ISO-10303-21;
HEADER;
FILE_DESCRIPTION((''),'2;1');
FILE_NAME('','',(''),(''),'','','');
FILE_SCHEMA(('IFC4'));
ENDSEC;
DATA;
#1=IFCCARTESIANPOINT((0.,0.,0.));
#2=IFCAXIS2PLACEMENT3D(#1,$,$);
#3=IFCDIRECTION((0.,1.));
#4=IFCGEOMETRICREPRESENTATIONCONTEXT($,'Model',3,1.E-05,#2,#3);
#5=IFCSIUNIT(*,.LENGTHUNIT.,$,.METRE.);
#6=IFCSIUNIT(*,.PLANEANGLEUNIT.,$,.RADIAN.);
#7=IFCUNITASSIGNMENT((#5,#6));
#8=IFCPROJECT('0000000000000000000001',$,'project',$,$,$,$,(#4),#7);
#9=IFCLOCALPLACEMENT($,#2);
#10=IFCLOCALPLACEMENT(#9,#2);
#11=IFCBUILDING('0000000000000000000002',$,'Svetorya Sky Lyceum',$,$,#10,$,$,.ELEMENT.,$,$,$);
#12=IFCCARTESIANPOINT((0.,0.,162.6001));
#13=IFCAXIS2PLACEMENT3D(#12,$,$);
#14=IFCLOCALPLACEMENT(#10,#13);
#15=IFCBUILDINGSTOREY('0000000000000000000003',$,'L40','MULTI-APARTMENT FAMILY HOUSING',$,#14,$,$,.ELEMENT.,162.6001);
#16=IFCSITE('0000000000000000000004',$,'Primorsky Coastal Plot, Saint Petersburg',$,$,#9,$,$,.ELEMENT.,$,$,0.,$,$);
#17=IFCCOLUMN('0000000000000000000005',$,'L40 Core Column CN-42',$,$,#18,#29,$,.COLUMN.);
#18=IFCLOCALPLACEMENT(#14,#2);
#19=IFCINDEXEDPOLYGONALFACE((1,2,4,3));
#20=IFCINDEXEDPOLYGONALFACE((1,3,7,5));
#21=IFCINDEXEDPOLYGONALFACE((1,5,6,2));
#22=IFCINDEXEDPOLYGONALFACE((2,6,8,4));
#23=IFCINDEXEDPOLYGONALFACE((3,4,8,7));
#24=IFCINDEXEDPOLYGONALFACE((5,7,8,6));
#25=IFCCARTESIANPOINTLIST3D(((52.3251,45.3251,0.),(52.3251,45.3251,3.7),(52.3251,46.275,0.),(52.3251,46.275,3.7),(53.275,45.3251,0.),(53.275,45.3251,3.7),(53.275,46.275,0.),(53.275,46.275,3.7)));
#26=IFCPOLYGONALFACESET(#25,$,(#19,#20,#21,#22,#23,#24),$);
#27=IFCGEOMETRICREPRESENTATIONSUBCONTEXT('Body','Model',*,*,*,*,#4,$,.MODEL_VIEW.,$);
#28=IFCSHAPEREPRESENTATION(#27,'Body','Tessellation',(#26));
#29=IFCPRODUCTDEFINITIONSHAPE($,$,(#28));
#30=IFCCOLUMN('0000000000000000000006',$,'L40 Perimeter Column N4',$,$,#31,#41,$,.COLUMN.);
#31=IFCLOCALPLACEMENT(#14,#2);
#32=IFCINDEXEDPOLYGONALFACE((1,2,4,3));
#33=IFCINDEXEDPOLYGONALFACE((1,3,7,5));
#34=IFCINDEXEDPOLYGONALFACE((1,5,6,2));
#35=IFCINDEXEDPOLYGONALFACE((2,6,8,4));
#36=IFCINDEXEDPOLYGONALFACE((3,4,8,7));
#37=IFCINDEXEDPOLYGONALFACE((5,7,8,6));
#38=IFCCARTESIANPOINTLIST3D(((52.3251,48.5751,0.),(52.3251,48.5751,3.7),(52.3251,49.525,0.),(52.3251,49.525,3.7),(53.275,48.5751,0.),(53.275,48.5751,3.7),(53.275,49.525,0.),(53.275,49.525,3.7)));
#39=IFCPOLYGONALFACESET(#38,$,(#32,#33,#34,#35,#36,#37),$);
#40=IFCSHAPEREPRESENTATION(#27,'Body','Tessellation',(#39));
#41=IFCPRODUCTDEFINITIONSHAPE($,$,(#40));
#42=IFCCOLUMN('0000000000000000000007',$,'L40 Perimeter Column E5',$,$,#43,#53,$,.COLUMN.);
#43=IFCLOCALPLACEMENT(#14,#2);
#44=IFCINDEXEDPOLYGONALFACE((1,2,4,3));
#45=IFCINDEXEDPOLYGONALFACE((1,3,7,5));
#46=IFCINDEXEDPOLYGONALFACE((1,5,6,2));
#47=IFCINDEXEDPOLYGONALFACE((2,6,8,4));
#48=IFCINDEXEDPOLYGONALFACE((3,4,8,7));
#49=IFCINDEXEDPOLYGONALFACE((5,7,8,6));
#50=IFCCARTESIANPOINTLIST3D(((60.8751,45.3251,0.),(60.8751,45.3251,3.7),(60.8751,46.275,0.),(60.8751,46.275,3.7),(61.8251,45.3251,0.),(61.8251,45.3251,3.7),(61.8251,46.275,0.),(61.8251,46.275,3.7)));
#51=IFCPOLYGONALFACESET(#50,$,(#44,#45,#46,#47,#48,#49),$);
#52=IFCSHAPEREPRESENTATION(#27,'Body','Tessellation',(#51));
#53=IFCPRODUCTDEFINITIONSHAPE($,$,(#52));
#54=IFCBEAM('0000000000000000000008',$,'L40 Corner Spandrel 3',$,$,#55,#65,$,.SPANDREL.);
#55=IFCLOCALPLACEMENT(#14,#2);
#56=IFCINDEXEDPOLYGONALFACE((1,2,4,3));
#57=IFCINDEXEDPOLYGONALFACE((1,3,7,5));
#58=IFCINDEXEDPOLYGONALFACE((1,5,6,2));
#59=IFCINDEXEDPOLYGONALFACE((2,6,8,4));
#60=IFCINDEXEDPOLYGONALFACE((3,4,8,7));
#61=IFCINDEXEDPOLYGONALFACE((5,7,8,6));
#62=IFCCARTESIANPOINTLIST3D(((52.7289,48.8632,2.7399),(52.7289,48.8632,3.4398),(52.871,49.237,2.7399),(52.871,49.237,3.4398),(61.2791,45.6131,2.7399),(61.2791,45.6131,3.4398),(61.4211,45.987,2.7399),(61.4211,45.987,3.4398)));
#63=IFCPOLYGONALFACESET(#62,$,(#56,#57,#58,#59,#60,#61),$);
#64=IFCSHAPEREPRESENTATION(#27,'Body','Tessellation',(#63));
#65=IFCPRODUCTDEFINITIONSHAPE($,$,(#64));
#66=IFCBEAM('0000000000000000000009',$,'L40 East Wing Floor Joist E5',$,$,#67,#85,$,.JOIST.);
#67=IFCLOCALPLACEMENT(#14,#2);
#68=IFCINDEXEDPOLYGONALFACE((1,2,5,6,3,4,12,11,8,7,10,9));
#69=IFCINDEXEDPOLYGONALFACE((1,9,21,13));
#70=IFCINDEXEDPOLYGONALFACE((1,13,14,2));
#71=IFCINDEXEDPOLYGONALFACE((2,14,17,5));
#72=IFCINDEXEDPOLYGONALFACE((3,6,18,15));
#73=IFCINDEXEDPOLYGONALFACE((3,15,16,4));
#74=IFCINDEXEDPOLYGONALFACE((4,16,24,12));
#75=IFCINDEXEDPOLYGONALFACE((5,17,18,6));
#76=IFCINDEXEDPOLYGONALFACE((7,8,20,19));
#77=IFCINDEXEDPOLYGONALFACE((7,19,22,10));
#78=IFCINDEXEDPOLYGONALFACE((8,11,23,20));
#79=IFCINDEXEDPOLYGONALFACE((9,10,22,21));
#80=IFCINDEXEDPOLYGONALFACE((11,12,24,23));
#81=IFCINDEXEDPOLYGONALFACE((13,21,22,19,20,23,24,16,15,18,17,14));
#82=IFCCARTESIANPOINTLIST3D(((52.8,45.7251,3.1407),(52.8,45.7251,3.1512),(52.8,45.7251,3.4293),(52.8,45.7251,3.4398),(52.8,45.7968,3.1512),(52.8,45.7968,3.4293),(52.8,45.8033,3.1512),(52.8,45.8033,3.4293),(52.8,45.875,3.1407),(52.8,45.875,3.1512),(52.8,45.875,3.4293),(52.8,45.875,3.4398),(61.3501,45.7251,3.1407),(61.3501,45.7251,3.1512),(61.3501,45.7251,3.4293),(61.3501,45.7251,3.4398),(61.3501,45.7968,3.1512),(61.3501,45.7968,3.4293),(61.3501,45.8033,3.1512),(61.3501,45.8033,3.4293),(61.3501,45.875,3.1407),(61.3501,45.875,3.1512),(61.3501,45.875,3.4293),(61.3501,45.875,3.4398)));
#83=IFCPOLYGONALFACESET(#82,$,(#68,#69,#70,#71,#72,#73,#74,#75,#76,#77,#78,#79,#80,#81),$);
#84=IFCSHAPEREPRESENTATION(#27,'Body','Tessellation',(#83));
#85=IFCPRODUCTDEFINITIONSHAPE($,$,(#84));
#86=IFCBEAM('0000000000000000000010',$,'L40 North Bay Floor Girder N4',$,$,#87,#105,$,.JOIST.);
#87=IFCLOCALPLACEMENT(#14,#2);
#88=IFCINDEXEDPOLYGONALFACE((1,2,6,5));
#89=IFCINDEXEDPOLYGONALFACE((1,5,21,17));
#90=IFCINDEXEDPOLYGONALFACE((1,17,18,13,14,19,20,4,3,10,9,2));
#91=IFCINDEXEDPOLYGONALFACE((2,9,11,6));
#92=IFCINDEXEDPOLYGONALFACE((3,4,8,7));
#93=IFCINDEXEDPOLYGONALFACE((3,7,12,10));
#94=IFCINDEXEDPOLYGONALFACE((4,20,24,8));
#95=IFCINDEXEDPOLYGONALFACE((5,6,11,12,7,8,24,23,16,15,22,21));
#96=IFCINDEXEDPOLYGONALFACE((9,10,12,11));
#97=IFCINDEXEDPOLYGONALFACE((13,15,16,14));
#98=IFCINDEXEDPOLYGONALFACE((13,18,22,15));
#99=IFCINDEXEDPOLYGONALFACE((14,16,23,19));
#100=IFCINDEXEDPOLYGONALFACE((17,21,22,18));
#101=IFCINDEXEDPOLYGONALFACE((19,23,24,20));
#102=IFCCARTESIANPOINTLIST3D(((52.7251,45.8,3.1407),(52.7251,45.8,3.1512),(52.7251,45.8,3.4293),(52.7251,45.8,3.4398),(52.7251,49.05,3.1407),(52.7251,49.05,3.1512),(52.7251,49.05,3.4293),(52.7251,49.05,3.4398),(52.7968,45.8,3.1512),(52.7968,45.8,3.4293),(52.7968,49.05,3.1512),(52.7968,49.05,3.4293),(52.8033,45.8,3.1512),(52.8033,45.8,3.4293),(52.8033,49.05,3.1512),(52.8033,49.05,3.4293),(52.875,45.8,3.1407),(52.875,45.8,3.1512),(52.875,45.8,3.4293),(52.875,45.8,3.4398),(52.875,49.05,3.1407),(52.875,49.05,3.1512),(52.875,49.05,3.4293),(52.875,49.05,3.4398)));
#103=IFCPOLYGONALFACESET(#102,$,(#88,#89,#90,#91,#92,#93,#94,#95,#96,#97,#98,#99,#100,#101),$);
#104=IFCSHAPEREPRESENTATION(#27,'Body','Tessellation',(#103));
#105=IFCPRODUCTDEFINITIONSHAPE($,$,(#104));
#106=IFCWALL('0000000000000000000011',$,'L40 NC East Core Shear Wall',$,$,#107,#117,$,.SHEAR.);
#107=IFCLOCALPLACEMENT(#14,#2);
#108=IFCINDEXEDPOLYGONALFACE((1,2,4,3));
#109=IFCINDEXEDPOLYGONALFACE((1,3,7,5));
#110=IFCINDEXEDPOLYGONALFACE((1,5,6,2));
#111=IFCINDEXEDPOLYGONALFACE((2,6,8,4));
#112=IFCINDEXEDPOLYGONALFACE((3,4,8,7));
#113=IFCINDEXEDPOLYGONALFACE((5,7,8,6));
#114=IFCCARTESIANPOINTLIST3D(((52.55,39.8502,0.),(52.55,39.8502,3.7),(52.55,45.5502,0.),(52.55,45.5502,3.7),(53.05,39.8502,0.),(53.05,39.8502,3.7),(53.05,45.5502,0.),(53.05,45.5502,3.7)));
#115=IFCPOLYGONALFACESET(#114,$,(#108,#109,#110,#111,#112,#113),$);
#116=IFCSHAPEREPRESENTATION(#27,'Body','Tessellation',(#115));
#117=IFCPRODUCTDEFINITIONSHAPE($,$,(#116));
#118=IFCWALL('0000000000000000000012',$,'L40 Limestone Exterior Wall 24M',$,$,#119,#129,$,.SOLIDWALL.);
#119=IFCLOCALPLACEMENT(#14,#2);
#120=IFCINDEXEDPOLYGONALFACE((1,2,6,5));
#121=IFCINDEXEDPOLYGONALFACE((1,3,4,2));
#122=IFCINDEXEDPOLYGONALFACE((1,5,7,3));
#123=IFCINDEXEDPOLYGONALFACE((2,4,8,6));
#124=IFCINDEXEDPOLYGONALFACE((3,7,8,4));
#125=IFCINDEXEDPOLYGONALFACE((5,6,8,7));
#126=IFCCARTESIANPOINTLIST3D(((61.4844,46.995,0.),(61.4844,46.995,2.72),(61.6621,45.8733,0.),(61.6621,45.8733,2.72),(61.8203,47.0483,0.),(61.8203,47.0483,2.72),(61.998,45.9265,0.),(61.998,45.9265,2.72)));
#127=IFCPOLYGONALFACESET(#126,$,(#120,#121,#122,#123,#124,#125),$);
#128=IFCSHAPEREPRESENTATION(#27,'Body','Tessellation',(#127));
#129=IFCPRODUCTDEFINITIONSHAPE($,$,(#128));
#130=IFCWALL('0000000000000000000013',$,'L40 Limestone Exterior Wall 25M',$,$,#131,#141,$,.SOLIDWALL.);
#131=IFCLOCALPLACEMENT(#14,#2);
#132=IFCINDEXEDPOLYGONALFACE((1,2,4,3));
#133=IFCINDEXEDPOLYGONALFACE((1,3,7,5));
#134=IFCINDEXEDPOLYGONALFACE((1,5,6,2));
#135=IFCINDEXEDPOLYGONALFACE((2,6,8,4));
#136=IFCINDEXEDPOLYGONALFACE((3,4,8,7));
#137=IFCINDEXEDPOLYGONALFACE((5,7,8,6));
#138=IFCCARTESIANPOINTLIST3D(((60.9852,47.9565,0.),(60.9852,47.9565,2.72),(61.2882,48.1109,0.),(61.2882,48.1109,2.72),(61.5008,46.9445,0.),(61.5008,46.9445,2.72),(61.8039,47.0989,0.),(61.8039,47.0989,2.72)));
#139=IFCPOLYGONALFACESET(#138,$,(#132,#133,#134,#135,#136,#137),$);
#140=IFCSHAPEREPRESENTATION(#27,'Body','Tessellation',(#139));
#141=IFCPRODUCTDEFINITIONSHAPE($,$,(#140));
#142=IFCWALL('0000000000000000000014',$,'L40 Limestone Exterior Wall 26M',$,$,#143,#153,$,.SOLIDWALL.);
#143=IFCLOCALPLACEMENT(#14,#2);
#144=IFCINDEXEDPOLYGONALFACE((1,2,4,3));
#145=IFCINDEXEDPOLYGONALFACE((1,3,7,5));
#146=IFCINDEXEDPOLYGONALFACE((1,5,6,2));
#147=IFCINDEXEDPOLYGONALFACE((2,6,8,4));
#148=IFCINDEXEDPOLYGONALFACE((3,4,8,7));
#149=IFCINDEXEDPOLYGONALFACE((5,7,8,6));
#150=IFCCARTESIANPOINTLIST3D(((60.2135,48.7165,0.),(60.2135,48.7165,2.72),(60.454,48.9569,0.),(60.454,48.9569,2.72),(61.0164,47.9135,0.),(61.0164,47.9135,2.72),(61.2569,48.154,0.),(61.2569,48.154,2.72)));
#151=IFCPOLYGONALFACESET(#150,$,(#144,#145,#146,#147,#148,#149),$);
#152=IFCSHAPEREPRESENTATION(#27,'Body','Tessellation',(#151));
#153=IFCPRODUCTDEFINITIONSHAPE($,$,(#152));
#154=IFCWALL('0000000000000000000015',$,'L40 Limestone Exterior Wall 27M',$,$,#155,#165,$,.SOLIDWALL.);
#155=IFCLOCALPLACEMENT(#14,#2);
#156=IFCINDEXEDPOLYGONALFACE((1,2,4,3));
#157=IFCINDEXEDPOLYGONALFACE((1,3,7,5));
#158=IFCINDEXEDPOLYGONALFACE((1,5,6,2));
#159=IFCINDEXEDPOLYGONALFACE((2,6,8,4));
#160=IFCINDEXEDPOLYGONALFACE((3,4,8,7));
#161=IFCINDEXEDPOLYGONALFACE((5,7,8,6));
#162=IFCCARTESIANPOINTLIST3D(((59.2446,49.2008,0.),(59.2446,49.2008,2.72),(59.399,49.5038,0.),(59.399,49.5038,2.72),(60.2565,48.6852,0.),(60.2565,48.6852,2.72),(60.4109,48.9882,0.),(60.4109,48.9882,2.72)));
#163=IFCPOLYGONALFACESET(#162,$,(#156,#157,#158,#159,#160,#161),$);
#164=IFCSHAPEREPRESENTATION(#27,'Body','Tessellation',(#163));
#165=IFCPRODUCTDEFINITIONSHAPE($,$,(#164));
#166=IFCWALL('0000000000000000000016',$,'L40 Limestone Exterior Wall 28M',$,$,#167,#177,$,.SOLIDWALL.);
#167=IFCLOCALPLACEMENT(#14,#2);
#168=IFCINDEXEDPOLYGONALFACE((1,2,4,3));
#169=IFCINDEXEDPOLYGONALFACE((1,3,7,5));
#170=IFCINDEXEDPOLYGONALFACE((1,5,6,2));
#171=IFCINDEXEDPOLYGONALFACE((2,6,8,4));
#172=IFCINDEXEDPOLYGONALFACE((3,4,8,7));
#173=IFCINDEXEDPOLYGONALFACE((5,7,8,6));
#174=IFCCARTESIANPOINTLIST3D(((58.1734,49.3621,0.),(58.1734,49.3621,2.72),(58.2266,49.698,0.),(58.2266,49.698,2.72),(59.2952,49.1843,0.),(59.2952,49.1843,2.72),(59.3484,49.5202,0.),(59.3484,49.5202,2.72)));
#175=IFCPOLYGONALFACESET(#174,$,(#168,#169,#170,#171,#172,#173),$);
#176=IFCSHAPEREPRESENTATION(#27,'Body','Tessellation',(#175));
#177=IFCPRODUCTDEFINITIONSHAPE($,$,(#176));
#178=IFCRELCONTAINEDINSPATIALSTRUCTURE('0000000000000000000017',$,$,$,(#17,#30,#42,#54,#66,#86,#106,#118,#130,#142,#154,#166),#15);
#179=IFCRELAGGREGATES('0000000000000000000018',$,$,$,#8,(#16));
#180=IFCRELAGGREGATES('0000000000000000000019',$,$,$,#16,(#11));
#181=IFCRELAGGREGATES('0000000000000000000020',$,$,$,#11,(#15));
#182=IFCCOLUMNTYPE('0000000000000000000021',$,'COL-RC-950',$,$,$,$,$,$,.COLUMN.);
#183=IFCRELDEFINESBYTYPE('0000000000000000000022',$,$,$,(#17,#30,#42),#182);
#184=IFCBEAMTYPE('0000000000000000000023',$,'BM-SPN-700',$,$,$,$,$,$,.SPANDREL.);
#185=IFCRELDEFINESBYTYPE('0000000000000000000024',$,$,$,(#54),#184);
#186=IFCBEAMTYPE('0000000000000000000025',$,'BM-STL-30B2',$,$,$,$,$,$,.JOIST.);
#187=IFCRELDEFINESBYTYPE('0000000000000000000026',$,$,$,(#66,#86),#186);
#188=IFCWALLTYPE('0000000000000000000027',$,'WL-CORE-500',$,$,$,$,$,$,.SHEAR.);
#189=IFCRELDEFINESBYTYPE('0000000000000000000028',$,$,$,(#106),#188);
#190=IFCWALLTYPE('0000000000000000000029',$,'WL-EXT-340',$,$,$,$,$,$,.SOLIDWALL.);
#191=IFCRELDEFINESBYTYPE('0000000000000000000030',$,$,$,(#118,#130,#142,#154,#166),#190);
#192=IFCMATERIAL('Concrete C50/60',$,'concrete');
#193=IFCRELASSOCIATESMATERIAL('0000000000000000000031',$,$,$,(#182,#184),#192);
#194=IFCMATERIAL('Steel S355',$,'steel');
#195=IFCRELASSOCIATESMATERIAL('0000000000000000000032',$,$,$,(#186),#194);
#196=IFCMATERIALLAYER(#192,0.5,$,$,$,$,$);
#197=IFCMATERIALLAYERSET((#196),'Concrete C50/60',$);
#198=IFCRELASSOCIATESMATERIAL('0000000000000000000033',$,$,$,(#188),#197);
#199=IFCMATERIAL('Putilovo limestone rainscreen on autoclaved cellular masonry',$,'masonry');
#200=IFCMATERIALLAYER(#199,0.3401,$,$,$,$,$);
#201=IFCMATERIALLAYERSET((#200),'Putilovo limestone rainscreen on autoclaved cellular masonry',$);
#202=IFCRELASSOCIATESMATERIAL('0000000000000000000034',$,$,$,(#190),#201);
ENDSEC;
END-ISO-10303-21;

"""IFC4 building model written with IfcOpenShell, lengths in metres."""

from ifc_helpers import new_model, si_unit, direction, frame, frame_2d, origin, origin_2d, place, context, subcontext, project, spatial, rectangle, i_section, extrude, material, layer, layer_set, material_profile, profile_set, type_object, element, save


model = new_model("IFC4")

# Units and contexts
model_context = context("Model", 3, precision=1e-05, world=origin(), true_north=direction((0.0, 1.0)))
body_context = subcontext(model_context, "Body", "Model", "MODEL_VIEW")
ifc_project = project(units=[si_unit("LENGTHUNIT", "METRE"), si_unit("PLANEANGLEUNIT", "RADIAN")], contexts=[model_context])

# Site, building, storey
site_placement = place(None, origin())
site = spatial("IfcSite", under=ifc_project, at=site_placement, Name="Primorsky Coastal Plot, Saint Petersburg", CompositionType="ELEMENT", RefElevation=0.0)
building_placement = place(site_placement, origin())
building = spatial("IfcBuilding", under=site, at=building_placement, Name="Svetorya Sky Lyceum", CompositionType="ELEMENT")
storey_placement = place(building_placement, frame((0.0, 0.0, 162.6001)))
storey = spatial("IfcBuildingStorey", under=building, at=storey_placement, Name="L40", Description="MULTI-APARTMENT FAMILY HOUSING", CompositionType="ELEMENT", Elevation=162.6001)

# Columns
ifc_material_1 = material(Name="Concrete C50/60", Category="concrete")
ifc_material_profile_1 = material_profile(ifc_material_1, rectangle(XDim=0.95, YDim=0.95, at=origin_2d()), Name="RC COL 950x950")
ifc_profile_set_1 = profile_set([ifc_material_profile_1], Name="Concrete C50/60")
column_type = type_object("IfcColumnType", Name="COL-RC-950", PredefinedType="COLUMN", material=ifc_profile_set_1)
for number, where, z_axis, x_axis, name in (
    (1, (52.8, 45.8, 0.0), (0.0, 0.0, 1.0), (1.0, 0.0, 0.0), "L40 Core Column CN-42"),
    (2, (52.8, 49.05, 0.0), (0.0, 0.0, 1.0), (1.0, 0.0, 0.0), "L40 Perimeter Column N4"),
    (3, (61.3501, 45.8, 0.0), (0.0, 0.0, 1.0), (1.0, 0.0, 0.0), "L40 Perimeter Column E5"),
):
    element("IfcColumn", number, at=place(storey_placement, frame(where, z_axis=z_axis, x_axis=x_axis)), inside=storey, type_object=column_type, Name=name, PredefinedType="COLUMN", context=body_context, shape_type="SweptSolid", body=[
        extrude(rectangle(XDim=0.95, YDim=0.95, at=origin_2d()), origin(), (0.0, 0.0, 1.0), 3.7),
    ])

# Beams
ifc_material_profile_2 = material_profile(ifc_material_1, rectangle(XDim=0.3999, YDim=0.7, at=origin_2d()), Name="RC SPANDREL 400x700")
ifc_profile_set_2 = profile_set([ifc_material_profile_2], Name="Concrete C50/60")
beam_type_1 = type_object("IfcBeamType", Name="BM-SPN-700", PredefinedType="SPANDREL", material=ifc_profile_set_2)
beam_1_placement = place(storey_placement, frame((61.3501, 45.8, 3.0898), z_axis=(-0.934748, 0.355312, 0.0), x_axis=(-0.355312, -0.934748, 0.0)))
element("IfcBeam", 4, at=beam_1_placement, inside=storey, type_object=beam_type_1, Name="L40 Corner Spandrel 3", PredefinedType="SPANDREL", context=body_context, shape_type="SweptSolid", body=[
    extrude(rectangle(XDim=0.3999, YDim=0.7, at=origin_2d()), origin(), (0.0, 0.0, 1.0), 9.147),
])
ifc_material_2 = material(Name="Steel S355", Category="steel")
ifc_material_profile_3 = material_profile(ifc_material_2, i_section(OverallWidth=0.1499, OverallDepth=0.2991, WebThickness=0.0066, FlangeThickness=0.0105, at=origin_2d()), Name="GOST 30B2")
ifc_profile_set_3 = profile_set([ifc_material_profile_3], Name="Steel S355")
beam_type_2 = type_object("IfcBeamType", Name="BM-STL-30B2", PredefinedType="JOIST", material=ifc_profile_set_3)
beam_2_placement = place(storey_placement, frame((52.8, 45.8, 3.2903), z_axis=(1.0, 0.0, 0.0), x_axis=(0.0, 1.0, 0.0)))
element("IfcBeam", 5, at=beam_2_placement, inside=storey, type_object=beam_type_2, Name="L40 East Wing Floor Joist E5", PredefinedType="JOIST", context=body_context, shape_type="SweptSolid", body=[
    extrude(i_section(OverallWidth=0.1499, OverallDepth=0.2991, WebThickness=0.0066, FlangeThickness=0.0105, at=origin_2d()), origin(), (0.0, 0.0, 1.0), 8.55),
])
beam_3_placement = place(storey_placement, frame((52.8, 45.8, 3.2903), z_axis=(0.0, 1.0, 0.0), x_axis=(-1.0, 0.0, 0.0)))
element("IfcBeam", 6, at=beam_3_placement, inside=storey, type_object=beam_type_2, Name="L40 North Bay Floor Girder N4", PredefinedType="JOIST", context=body_context, shape_type="SweptSolid", body=[
    extrude(i_section(OverallWidth=0.1499, OverallDepth=0.2991, WebThickness=0.0066, FlangeThickness=0.0105, at=origin_2d()), origin(), (0.0, 0.0, 1.0), 3.25),
])

# Walls
ifc_layer_1 = layer(ifc_material_1, 0.5)
ifc_layer_set_1 = layer_set([ifc_layer_1], Name="Concrete C50/60")
wall_type_1 = type_object("IfcWallType", Name="WL-CORE-500", PredefinedType="SHEAR", material=ifc_layer_set_1)
wall_1_placement = place(storey_placement, frame((52.8, 39.8501, 0.0), z_axis=(0.0, 0.0, 1.0), x_axis=(0.0, 1.0, 0.0)))
element("IfcWall", 7, at=wall_1_placement, inside=storey, type_object=wall_type_1, Name="L40 NC East Core Shear Wall", PredefinedType="SHEAR", context=body_context, shape_type="SweptSolid", body=[
    extrude(rectangle(XDim=5.7, YDim=0.5, at=frame_2d((2.8501, 0.0))), origin(), (0.0, 0.0, 1.0), 3.7),
])
ifc_material_3 = material(Name="Putilovo limestone rainscreen on autoclaved cellular masonry", Category="masonry")
ifc_layer_2 = layer(ifc_material_3, 0.3401)
ifc_layer_set_2 = layer_set([ifc_layer_2], Name="Putilovo limestone rainscreen on autoclaved cellular masonry")
wall_type_2 = type_object("IfcWallType", Name="WL-EXT-340", PredefinedType="SOLIDWALL", material=ifc_layer_set_2)
for number, where, z_axis, x_axis, name in (
    (8, (61.8301, 45.8999, 0.0), (0.0, 0.0, 1.0), (-0.156481, 0.987681, 0.0), "L40 Limestone Exterior Wall 24M"),
    (9, (61.6523, 47.0217, 0.0), (0.0, 0.0, 1.0), (-0.453993, 0.891005, 0.0), "L40 Limestone Exterior Wall 25M"),
):
    element("IfcWall", number, at=place(storey_placement, frame(where, z_axis=z_axis, x_axis=x_axis)), inside=storey, type_object=wall_type_2, Name=name, PredefinedType="SOLIDWALL", context=body_context, shape_type="SweptSolid", body=[
        extrude(rectangle(XDim=1.1357, YDim=0.3401, at=frame_2d((0.5679, 0.0))), origin(), (0.0, 0.0, 1.0), 2.72),
    ])
wall_2_placement = place(storey_placement, frame((61.1367, 48.0337, 0.0), z_axis=(0.0, 0.0, 1.0), x_axis=(-0.707107, 0.707107, 0.0)))
element("IfcWall", 10, at=wall_2_placement, inside=storey, type_object=wall_type_2, Name="L40 Limestone Exterior Wall 26M", PredefinedType="SOLIDWALL", context=body_context, shape_type="SweptSolid", body=[
    extrude(rectangle(XDim=1.1355, YDim=0.3401, at=frame_2d((0.5679, 0.0))), origin(), (0.0, 0.0, 1.0), 2.72),
])
for number, where, z_axis, x_axis, name in (
    (11, (60.3337, 48.8367, 0.0), (0.0, 0.0, 1.0), (-0.891005, 0.453993, 0.0), "L40 Limestone Exterior Wall 27M"),
    (12, (59.3218, 49.3523, 0.0), (0.0, 0.0, 1.0), (-0.987681, 0.156481, 0.0), "L40 Limestone Exterior Wall 28M"),
):
    element("IfcWall", number, at=place(storey_placement, frame(where, z_axis=z_axis, x_axis=x_axis)), inside=storey, type_object=wall_type_2, Name=name, PredefinedType="SOLIDWALL", context=body_context, shape_type="SweptSolid", body=[
        extrude(rectangle(XDim=1.1357, YDim=0.3401, at=frame_2d((0.5679, 0.0))), origin(), (0.0, 0.0, 1.0), 2.72),
    ])

save(model, "model.ifc")
